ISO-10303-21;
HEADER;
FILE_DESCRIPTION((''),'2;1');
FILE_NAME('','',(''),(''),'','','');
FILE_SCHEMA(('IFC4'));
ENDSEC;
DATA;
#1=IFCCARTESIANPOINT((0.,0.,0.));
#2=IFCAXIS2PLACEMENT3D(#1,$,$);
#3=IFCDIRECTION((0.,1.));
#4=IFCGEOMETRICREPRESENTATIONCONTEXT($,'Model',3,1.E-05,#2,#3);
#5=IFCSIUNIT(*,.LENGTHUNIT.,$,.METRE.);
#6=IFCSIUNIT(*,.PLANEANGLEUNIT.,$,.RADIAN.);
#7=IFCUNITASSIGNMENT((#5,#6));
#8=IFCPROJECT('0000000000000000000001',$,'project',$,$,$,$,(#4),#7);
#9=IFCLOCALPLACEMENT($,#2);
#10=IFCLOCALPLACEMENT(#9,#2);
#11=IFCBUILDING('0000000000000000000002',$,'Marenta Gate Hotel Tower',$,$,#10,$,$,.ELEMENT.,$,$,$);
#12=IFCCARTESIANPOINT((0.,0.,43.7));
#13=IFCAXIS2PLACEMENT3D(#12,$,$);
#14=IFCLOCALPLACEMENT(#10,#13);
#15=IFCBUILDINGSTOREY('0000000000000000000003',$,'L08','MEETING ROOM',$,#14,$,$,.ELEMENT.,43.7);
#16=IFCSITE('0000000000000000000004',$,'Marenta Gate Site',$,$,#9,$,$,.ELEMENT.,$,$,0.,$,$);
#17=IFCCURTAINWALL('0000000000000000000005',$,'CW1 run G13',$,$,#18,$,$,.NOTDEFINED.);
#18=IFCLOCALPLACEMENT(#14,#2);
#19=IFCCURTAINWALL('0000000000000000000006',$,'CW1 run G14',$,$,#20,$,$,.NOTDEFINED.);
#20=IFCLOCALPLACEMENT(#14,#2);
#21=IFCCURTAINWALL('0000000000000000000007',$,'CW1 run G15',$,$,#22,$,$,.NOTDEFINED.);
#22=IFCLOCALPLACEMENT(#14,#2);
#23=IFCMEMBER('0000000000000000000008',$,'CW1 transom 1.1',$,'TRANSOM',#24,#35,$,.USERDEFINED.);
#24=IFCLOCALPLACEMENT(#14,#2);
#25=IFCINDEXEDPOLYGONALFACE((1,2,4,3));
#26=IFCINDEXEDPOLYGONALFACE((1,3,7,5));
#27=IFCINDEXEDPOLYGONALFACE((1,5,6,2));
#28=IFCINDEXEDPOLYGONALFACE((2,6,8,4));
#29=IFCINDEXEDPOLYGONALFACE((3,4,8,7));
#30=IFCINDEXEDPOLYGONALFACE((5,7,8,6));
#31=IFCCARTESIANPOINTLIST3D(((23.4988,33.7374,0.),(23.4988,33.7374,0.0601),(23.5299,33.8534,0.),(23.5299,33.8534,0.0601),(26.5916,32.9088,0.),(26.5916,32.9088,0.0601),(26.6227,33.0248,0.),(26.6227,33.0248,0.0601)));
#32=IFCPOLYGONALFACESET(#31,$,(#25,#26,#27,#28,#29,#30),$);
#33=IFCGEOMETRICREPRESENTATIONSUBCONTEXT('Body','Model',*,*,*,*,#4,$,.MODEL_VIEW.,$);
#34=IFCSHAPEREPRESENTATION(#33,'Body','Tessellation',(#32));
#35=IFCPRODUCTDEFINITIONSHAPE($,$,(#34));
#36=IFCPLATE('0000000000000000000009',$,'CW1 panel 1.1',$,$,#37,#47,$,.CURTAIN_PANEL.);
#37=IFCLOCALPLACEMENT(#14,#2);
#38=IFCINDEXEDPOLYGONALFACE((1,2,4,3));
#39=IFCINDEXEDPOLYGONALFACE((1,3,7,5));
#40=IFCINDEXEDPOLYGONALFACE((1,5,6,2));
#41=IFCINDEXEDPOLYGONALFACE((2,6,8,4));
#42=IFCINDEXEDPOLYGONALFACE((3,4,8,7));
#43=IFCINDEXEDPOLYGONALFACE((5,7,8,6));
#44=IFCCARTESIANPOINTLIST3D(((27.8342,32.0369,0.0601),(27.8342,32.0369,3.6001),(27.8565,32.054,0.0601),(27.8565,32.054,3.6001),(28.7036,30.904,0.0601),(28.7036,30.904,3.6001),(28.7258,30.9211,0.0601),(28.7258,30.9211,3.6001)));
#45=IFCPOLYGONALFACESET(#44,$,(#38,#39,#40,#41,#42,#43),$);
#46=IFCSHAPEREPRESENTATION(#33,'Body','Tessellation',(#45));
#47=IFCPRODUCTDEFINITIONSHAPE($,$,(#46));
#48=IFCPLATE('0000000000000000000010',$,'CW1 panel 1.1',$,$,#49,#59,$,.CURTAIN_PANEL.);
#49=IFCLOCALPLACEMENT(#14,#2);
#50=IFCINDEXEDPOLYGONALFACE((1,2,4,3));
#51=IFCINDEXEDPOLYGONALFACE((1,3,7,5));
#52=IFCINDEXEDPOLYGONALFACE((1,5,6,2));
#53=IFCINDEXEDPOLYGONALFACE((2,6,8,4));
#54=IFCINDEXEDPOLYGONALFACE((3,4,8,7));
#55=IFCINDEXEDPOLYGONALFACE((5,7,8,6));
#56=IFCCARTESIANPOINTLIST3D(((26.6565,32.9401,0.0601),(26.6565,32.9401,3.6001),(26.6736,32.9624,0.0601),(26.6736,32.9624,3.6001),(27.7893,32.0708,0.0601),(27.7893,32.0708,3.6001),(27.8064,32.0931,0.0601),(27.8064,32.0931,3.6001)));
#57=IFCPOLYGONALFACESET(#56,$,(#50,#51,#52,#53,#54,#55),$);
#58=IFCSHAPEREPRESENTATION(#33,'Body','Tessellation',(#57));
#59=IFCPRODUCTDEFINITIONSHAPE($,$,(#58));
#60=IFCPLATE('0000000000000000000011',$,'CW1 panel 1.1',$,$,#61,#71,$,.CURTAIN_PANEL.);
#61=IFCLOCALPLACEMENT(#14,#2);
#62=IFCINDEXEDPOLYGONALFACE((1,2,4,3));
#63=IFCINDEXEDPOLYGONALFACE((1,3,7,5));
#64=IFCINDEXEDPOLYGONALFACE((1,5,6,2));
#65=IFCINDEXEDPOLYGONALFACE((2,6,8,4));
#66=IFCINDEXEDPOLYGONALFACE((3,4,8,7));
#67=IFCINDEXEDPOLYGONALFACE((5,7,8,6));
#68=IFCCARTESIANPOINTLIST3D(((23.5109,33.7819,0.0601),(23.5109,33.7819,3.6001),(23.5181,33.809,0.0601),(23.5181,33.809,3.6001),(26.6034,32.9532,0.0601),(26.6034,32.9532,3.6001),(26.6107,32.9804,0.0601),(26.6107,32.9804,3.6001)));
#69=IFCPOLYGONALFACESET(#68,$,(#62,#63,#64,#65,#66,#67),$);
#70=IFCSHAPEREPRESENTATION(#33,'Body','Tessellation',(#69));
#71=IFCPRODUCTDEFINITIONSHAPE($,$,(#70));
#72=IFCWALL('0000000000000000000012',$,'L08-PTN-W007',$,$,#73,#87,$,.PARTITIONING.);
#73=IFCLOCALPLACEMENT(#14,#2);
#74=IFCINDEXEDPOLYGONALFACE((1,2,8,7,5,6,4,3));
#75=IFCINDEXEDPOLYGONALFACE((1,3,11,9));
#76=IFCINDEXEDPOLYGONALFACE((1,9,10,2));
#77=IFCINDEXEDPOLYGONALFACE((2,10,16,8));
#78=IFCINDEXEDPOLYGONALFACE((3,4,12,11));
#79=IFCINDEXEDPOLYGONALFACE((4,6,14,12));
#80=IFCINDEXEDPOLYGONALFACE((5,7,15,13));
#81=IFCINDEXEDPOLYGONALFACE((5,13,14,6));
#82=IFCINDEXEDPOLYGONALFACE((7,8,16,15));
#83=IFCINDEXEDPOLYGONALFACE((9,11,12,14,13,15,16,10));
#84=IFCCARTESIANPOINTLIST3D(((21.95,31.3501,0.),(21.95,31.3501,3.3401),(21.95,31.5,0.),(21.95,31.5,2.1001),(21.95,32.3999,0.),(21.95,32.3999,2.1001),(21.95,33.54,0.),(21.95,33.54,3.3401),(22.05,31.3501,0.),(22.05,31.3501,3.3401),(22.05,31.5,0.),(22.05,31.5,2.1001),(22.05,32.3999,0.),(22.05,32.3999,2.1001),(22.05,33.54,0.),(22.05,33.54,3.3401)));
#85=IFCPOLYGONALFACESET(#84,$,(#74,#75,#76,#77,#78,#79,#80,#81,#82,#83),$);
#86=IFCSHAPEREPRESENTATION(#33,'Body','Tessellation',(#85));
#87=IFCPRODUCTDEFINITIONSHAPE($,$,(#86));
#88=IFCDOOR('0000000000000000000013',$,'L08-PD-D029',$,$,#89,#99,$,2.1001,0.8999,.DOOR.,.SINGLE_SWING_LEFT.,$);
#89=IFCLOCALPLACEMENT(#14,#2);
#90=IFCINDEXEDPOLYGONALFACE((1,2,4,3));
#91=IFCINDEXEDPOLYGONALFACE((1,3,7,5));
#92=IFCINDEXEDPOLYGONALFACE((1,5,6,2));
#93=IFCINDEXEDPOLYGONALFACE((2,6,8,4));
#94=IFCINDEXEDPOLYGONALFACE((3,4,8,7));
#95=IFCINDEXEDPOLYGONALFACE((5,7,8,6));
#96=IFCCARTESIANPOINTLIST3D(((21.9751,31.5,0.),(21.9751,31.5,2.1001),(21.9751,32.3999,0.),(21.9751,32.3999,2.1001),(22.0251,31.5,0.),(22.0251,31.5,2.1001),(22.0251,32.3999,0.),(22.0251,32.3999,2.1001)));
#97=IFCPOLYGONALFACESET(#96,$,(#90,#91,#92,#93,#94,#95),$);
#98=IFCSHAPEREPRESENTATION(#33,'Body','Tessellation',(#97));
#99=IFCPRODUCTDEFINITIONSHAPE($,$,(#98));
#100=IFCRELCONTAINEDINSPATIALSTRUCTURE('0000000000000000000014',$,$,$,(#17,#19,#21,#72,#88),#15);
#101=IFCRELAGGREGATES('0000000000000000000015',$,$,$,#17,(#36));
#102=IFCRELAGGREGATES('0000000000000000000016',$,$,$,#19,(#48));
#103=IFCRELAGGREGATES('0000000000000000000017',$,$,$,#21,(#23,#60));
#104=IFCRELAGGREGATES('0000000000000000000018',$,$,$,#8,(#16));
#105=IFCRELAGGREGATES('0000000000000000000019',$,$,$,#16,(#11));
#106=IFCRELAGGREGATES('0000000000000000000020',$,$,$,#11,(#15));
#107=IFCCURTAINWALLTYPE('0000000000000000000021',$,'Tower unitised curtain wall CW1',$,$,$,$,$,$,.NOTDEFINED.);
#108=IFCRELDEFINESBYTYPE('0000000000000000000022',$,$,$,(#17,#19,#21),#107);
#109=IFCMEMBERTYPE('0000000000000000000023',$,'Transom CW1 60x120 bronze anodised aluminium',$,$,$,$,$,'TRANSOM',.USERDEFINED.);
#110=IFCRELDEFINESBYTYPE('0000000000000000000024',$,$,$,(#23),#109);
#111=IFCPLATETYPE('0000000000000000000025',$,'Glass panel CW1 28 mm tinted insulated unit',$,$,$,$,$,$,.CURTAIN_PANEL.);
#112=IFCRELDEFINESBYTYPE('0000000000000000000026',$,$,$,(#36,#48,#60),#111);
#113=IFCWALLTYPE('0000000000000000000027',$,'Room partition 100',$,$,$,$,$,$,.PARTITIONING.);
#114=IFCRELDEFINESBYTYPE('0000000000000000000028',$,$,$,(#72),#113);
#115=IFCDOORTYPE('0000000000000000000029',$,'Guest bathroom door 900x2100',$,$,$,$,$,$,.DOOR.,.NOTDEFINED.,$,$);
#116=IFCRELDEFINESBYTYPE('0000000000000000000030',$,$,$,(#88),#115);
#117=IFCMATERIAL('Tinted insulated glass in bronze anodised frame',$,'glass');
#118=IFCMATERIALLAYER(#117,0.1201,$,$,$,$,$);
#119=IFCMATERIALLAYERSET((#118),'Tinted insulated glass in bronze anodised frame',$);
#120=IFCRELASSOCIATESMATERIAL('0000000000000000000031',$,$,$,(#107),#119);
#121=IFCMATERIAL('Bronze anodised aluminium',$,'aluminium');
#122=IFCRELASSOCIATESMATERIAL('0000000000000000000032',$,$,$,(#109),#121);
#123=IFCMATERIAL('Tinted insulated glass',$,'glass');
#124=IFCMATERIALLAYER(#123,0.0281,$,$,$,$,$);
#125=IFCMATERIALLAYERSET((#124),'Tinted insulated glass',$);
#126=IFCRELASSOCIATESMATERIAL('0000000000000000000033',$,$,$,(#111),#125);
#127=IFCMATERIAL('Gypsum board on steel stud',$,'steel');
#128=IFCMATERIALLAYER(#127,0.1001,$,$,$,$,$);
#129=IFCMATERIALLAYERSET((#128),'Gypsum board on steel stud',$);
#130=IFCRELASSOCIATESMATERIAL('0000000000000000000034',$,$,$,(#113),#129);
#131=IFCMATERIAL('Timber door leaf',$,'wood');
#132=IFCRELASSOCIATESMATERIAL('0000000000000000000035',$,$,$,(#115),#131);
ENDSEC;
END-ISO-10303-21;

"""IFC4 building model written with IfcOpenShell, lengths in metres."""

from ifc_helpers import new_model, si_unit, direction, frame, frame_2d, origin, origin_2d, place, context, subcontext, project, spatial, rectangle, extrude, material, layer, layer_set, material_profile, profile_set, type_object, element, fill, aggregate, save


model = new_model("IFC4")

# Units and contexts
model_context = context("Model", 3, precision=1e-05, world=origin(), true_north=direction((0.0, 1.0)))
body_context = subcontext(model_context, "Body", "Model", "MODEL_VIEW")
ifc_project = project(units=[si_unit("LENGTHUNIT", "METRE"), si_unit("PLANEANGLEUNIT", "RADIAN")], contexts=[model_context])

# Site, building, storey
site_placement = place(None, origin())
site = spatial("IfcSite", under=ifc_project, at=site_placement, Name="Marenta Gate Site", CompositionType="ELEMENT", RefElevation=0.0)
building_placement = place(site_placement, origin())
building = spatial("IfcBuilding", under=site, at=building_placement, Name="Marenta Gate Hotel Tower", CompositionType="ELEMENT")
storey_placement = place(building_placement, frame((0.0, 0.0, 43.7)))
storey = spatial("IfcBuildingStorey", under=building, at=storey_placement, Name="L08", Description="MEETING ROOM", CompositionType="ELEMENT", Elevation=43.7)

# Curtain walls
ifc_material_1 = material(Name="Tinted insulated glass in bronze anodised frame", Category="glass")
ifc_layer_1 = layer(ifc_material_1, 0.1201)
ifc_layer_set_1 = layer_set([ifc_layer_1], Name="Tinted insulated glass in bronze anodised frame")
curtain_wall_type = type_object("IfcCurtainWallType", Name="Tower unitised curtain wall CW1", PredefinedType="NOTDEFINED", material=ifc_layer_set_1)
curtain_wall_1_placement = place(storey_placement, origin())
curtain_wall_1 = element("IfcCurtainWall", 1, at=curtain_wall_1_placement, inside=storey, type_object=curtain_wall_type, Name="CW1 run G13", PredefinedType="NOTDEFINED")
curtain_wall_2_placement = place(storey_placement, origin())
curtain_wall_2 = element("IfcCurtainWall", 2, at=curtain_wall_2_placement, inside=storey, type_object=curtain_wall_type, Name="CW1 run G14", PredefinedType="NOTDEFINED")

# Curtain wall
curtain_wall_3_placement = place(storey_placement, origin())
curtain_wall_3 = element("IfcCurtainWall", 3, at=curtain_wall_3_placement, inside=storey, type_object=curtain_wall_type, Name="CW1 run G15", PredefinedType="NOTDEFINED")

# Member
ifc_material_2 = material(Name="Bronze anodised aluminium", Category="aluminium")
ifc_material_profile_1 = material_profile(ifc_material_2, rectangle(XDim=0.1201, YDim=0.0601, at=origin_2d()), Name="Transom CW1 60x120 bronze anodised aluminium")
ifc_profile_set_1 = profile_set([ifc_material_profile_1], Name="Bronze anodised aluminium")
member_type_1 = type_object("IfcMemberType", Name="Transom CW1 60x120 bronze anodised aluminium", ElementType="TRANSOM", PredefinedType="USERDEFINED", material=ifc_profile_set_1)
member_1_placement = place(storey_placement, frame((26.6072, 32.9668, 0.03), z_axis=(-0.965933, 0.258792, 0.0), x_axis=(-0.258792, -0.965933, 0.0)))
member_1 = element("IfcMember", 4, at=member_1_placement, type_object=member_type_1, Name="CW1 transom 1.1", ObjectType="TRANSOM", PredefinedType="USERDEFINED", context=body_context, shape_type="SweptSolid", body=[
    extrude(rectangle(XDim=0.1201, YDim=0.0601, at=origin_2d()), origin(), (0.0, 0.0, 1.0), 3.2019),
])

# Plates
ifc_material_3 = material(Name="Tinted insulated glass", Category="glass")
ifc_layer_2 = layer(ifc_material_3, 0.0281)
ifc_layer_set_2 = layer_set([ifc_layer_2], Name="Tinted insulated glass")
plate_type = type_object("IfcPlateType", Name="Glass panel CW1 28 mm tinted insulated unit", PredefinedType="CURTAIN_PANEL", material=ifc_layer_set_2)
plate_1_placement = place(storey_placement, frame((28.28, 31.479, 0.0601), z_axis=(0.0, 0.0, 1.0), x_axis=(-0.608781, 0.793338, 0.0)))
plate_1 = element("IfcPlate", 5, at=plate_1_placement, type_object=plate_type, Name="CW1 panel 1.1", PredefinedType="CURTAIN_PANEL", context=body_context, shape_type="SweptSolid", body=[
    extrude(rectangle(XDim=1.428, YDim=0.0281, at=origin_2d()), origin(), (0.0, 0.0, 1.0), 3.54),
])
aggregate(curtain_wall_1, [plate_1])
plate_2_placement = place(storey_placement, frame((27.2314, 32.5166, 0.0601), z_axis=(0.0, 0.0, 1.0), x_axis=(-0.793338, 0.608781, 0.0)))
plate_2 = element("IfcPlate", 6, at=plate_2_placement, type_object=plate_type, Name="CW1 panel 1.1", PredefinedType="CURTAIN_PANEL", context=body_context, shape_type="SweptSolid", body=[
    extrude(rectangle(XDim=1.428, YDim=0.0281, at=origin_2d()), origin(), (0.0, 0.0, 1.0), 3.54),
])
aggregate(curtain_wall_2, [plate_2])
plate_3_placement = place(storey_placement, frame((25.0608, 33.3811, 0.0601), z_axis=(0.0, 0.0, 1.0), x_axis=(-0.965929, 0.258807, 0.0)))
plate_3 = element("IfcPlate", 7, at=plate_3_placement, type_object=plate_type, Name="CW1 panel 1.1", PredefinedType="CURTAIN_PANEL", context=body_context, shape_type="SweptSolid", body=[
    extrude(rectangle(XDim=3.2017, YDim=0.0281, at=origin_2d()), origin(), (0.0, 0.0, 1.0), 3.54),
])
aggregate(curtain_wall_3, [member_1, plate_3])

# Wall, opening, door
ifc_material_4 = material(Name="Gypsum board on steel stud", Category="steel")
ifc_layer_3 = layer(ifc_material_4, 0.1001)
ifc_layer_set_3 = layer_set([ifc_layer_3], Name="Gypsum board on steel stud")
wall_type_1 = type_object("IfcWallType", Name="Room partition 100", PredefinedType="PARTITIONING", material=ifc_layer_set_3)
wall_1_placement = place(storey_placement, frame((22.0, 31.3501, 0.0), z_axis=(0.0, 0.0, 1.0), x_axis=(0.0, 1.0, 0.0)))
wall_1 = element("IfcWall", 8, at=wall_1_placement, inside=storey, type_object=wall_type_1, Name="L08-PTN-W007", PredefinedType="PARTITIONING", context=body_context, shape_type="SweptSolid", body=[
    extrude(rectangle(XDim=2.1899, YDim=0.1001, at=frame_2d((1.095, 0.0))), origin(), (0.0, 0.0, 1.0), 3.3401),
])
opening_1_placement = place(wall_1_placement, frame((0.1499, 0.0, 0.0)))
opening_1 = element("IfcOpeningElement", 9, at=opening_1_placement, cuts=wall_1, PredefinedType="OPENING", context=body_context, shape_type="SweptSolid", body=[
    extrude(rectangle(XDim=0.8999, YDim=2.1001, at=frame_2d((0.45, 1.05))), frame((0.0, 0.05, 0.0), z_axis=(0.0, -1.0, 0.0), x_axis=(1.0, 0.0, 0.0)), (0.0, 0.0, 1.0), 0.1001),
])
ifc_material_5 = material(Name="Timber door leaf", Category="wood")
door_type = type_object("IfcDoorType", Name="Guest bathroom door 900x2100", OperationType="NOTDEFINED", PredefinedType="DOOR", material=ifc_material_5)
door_placement = place(opening_1_placement, origin())
door = element("IfcDoor", 10, at=door_placement, inside=storey, type_object=door_type, Name="L08-PD-D029", OperationType="SINGLE_SWING_LEFT", OverallHeight=2.1001, OverallWidth=0.8999, PredefinedType="DOOR", context=body_context, shape_type="SweptSolid", body=[
    extrude(rectangle(XDim=0.8999, YDim=2.1001, at=frame_2d((0.45, 1.05))), frame((0.0, 0.0249, 0.0), z_axis=(0.0, -1.0, 0.0), x_axis=(1.0, 0.0, 0.0)), (0.0, 0.0, 1.0), 0.05),
])
fill(opening_1, door)

save(model, "model.ifc")
